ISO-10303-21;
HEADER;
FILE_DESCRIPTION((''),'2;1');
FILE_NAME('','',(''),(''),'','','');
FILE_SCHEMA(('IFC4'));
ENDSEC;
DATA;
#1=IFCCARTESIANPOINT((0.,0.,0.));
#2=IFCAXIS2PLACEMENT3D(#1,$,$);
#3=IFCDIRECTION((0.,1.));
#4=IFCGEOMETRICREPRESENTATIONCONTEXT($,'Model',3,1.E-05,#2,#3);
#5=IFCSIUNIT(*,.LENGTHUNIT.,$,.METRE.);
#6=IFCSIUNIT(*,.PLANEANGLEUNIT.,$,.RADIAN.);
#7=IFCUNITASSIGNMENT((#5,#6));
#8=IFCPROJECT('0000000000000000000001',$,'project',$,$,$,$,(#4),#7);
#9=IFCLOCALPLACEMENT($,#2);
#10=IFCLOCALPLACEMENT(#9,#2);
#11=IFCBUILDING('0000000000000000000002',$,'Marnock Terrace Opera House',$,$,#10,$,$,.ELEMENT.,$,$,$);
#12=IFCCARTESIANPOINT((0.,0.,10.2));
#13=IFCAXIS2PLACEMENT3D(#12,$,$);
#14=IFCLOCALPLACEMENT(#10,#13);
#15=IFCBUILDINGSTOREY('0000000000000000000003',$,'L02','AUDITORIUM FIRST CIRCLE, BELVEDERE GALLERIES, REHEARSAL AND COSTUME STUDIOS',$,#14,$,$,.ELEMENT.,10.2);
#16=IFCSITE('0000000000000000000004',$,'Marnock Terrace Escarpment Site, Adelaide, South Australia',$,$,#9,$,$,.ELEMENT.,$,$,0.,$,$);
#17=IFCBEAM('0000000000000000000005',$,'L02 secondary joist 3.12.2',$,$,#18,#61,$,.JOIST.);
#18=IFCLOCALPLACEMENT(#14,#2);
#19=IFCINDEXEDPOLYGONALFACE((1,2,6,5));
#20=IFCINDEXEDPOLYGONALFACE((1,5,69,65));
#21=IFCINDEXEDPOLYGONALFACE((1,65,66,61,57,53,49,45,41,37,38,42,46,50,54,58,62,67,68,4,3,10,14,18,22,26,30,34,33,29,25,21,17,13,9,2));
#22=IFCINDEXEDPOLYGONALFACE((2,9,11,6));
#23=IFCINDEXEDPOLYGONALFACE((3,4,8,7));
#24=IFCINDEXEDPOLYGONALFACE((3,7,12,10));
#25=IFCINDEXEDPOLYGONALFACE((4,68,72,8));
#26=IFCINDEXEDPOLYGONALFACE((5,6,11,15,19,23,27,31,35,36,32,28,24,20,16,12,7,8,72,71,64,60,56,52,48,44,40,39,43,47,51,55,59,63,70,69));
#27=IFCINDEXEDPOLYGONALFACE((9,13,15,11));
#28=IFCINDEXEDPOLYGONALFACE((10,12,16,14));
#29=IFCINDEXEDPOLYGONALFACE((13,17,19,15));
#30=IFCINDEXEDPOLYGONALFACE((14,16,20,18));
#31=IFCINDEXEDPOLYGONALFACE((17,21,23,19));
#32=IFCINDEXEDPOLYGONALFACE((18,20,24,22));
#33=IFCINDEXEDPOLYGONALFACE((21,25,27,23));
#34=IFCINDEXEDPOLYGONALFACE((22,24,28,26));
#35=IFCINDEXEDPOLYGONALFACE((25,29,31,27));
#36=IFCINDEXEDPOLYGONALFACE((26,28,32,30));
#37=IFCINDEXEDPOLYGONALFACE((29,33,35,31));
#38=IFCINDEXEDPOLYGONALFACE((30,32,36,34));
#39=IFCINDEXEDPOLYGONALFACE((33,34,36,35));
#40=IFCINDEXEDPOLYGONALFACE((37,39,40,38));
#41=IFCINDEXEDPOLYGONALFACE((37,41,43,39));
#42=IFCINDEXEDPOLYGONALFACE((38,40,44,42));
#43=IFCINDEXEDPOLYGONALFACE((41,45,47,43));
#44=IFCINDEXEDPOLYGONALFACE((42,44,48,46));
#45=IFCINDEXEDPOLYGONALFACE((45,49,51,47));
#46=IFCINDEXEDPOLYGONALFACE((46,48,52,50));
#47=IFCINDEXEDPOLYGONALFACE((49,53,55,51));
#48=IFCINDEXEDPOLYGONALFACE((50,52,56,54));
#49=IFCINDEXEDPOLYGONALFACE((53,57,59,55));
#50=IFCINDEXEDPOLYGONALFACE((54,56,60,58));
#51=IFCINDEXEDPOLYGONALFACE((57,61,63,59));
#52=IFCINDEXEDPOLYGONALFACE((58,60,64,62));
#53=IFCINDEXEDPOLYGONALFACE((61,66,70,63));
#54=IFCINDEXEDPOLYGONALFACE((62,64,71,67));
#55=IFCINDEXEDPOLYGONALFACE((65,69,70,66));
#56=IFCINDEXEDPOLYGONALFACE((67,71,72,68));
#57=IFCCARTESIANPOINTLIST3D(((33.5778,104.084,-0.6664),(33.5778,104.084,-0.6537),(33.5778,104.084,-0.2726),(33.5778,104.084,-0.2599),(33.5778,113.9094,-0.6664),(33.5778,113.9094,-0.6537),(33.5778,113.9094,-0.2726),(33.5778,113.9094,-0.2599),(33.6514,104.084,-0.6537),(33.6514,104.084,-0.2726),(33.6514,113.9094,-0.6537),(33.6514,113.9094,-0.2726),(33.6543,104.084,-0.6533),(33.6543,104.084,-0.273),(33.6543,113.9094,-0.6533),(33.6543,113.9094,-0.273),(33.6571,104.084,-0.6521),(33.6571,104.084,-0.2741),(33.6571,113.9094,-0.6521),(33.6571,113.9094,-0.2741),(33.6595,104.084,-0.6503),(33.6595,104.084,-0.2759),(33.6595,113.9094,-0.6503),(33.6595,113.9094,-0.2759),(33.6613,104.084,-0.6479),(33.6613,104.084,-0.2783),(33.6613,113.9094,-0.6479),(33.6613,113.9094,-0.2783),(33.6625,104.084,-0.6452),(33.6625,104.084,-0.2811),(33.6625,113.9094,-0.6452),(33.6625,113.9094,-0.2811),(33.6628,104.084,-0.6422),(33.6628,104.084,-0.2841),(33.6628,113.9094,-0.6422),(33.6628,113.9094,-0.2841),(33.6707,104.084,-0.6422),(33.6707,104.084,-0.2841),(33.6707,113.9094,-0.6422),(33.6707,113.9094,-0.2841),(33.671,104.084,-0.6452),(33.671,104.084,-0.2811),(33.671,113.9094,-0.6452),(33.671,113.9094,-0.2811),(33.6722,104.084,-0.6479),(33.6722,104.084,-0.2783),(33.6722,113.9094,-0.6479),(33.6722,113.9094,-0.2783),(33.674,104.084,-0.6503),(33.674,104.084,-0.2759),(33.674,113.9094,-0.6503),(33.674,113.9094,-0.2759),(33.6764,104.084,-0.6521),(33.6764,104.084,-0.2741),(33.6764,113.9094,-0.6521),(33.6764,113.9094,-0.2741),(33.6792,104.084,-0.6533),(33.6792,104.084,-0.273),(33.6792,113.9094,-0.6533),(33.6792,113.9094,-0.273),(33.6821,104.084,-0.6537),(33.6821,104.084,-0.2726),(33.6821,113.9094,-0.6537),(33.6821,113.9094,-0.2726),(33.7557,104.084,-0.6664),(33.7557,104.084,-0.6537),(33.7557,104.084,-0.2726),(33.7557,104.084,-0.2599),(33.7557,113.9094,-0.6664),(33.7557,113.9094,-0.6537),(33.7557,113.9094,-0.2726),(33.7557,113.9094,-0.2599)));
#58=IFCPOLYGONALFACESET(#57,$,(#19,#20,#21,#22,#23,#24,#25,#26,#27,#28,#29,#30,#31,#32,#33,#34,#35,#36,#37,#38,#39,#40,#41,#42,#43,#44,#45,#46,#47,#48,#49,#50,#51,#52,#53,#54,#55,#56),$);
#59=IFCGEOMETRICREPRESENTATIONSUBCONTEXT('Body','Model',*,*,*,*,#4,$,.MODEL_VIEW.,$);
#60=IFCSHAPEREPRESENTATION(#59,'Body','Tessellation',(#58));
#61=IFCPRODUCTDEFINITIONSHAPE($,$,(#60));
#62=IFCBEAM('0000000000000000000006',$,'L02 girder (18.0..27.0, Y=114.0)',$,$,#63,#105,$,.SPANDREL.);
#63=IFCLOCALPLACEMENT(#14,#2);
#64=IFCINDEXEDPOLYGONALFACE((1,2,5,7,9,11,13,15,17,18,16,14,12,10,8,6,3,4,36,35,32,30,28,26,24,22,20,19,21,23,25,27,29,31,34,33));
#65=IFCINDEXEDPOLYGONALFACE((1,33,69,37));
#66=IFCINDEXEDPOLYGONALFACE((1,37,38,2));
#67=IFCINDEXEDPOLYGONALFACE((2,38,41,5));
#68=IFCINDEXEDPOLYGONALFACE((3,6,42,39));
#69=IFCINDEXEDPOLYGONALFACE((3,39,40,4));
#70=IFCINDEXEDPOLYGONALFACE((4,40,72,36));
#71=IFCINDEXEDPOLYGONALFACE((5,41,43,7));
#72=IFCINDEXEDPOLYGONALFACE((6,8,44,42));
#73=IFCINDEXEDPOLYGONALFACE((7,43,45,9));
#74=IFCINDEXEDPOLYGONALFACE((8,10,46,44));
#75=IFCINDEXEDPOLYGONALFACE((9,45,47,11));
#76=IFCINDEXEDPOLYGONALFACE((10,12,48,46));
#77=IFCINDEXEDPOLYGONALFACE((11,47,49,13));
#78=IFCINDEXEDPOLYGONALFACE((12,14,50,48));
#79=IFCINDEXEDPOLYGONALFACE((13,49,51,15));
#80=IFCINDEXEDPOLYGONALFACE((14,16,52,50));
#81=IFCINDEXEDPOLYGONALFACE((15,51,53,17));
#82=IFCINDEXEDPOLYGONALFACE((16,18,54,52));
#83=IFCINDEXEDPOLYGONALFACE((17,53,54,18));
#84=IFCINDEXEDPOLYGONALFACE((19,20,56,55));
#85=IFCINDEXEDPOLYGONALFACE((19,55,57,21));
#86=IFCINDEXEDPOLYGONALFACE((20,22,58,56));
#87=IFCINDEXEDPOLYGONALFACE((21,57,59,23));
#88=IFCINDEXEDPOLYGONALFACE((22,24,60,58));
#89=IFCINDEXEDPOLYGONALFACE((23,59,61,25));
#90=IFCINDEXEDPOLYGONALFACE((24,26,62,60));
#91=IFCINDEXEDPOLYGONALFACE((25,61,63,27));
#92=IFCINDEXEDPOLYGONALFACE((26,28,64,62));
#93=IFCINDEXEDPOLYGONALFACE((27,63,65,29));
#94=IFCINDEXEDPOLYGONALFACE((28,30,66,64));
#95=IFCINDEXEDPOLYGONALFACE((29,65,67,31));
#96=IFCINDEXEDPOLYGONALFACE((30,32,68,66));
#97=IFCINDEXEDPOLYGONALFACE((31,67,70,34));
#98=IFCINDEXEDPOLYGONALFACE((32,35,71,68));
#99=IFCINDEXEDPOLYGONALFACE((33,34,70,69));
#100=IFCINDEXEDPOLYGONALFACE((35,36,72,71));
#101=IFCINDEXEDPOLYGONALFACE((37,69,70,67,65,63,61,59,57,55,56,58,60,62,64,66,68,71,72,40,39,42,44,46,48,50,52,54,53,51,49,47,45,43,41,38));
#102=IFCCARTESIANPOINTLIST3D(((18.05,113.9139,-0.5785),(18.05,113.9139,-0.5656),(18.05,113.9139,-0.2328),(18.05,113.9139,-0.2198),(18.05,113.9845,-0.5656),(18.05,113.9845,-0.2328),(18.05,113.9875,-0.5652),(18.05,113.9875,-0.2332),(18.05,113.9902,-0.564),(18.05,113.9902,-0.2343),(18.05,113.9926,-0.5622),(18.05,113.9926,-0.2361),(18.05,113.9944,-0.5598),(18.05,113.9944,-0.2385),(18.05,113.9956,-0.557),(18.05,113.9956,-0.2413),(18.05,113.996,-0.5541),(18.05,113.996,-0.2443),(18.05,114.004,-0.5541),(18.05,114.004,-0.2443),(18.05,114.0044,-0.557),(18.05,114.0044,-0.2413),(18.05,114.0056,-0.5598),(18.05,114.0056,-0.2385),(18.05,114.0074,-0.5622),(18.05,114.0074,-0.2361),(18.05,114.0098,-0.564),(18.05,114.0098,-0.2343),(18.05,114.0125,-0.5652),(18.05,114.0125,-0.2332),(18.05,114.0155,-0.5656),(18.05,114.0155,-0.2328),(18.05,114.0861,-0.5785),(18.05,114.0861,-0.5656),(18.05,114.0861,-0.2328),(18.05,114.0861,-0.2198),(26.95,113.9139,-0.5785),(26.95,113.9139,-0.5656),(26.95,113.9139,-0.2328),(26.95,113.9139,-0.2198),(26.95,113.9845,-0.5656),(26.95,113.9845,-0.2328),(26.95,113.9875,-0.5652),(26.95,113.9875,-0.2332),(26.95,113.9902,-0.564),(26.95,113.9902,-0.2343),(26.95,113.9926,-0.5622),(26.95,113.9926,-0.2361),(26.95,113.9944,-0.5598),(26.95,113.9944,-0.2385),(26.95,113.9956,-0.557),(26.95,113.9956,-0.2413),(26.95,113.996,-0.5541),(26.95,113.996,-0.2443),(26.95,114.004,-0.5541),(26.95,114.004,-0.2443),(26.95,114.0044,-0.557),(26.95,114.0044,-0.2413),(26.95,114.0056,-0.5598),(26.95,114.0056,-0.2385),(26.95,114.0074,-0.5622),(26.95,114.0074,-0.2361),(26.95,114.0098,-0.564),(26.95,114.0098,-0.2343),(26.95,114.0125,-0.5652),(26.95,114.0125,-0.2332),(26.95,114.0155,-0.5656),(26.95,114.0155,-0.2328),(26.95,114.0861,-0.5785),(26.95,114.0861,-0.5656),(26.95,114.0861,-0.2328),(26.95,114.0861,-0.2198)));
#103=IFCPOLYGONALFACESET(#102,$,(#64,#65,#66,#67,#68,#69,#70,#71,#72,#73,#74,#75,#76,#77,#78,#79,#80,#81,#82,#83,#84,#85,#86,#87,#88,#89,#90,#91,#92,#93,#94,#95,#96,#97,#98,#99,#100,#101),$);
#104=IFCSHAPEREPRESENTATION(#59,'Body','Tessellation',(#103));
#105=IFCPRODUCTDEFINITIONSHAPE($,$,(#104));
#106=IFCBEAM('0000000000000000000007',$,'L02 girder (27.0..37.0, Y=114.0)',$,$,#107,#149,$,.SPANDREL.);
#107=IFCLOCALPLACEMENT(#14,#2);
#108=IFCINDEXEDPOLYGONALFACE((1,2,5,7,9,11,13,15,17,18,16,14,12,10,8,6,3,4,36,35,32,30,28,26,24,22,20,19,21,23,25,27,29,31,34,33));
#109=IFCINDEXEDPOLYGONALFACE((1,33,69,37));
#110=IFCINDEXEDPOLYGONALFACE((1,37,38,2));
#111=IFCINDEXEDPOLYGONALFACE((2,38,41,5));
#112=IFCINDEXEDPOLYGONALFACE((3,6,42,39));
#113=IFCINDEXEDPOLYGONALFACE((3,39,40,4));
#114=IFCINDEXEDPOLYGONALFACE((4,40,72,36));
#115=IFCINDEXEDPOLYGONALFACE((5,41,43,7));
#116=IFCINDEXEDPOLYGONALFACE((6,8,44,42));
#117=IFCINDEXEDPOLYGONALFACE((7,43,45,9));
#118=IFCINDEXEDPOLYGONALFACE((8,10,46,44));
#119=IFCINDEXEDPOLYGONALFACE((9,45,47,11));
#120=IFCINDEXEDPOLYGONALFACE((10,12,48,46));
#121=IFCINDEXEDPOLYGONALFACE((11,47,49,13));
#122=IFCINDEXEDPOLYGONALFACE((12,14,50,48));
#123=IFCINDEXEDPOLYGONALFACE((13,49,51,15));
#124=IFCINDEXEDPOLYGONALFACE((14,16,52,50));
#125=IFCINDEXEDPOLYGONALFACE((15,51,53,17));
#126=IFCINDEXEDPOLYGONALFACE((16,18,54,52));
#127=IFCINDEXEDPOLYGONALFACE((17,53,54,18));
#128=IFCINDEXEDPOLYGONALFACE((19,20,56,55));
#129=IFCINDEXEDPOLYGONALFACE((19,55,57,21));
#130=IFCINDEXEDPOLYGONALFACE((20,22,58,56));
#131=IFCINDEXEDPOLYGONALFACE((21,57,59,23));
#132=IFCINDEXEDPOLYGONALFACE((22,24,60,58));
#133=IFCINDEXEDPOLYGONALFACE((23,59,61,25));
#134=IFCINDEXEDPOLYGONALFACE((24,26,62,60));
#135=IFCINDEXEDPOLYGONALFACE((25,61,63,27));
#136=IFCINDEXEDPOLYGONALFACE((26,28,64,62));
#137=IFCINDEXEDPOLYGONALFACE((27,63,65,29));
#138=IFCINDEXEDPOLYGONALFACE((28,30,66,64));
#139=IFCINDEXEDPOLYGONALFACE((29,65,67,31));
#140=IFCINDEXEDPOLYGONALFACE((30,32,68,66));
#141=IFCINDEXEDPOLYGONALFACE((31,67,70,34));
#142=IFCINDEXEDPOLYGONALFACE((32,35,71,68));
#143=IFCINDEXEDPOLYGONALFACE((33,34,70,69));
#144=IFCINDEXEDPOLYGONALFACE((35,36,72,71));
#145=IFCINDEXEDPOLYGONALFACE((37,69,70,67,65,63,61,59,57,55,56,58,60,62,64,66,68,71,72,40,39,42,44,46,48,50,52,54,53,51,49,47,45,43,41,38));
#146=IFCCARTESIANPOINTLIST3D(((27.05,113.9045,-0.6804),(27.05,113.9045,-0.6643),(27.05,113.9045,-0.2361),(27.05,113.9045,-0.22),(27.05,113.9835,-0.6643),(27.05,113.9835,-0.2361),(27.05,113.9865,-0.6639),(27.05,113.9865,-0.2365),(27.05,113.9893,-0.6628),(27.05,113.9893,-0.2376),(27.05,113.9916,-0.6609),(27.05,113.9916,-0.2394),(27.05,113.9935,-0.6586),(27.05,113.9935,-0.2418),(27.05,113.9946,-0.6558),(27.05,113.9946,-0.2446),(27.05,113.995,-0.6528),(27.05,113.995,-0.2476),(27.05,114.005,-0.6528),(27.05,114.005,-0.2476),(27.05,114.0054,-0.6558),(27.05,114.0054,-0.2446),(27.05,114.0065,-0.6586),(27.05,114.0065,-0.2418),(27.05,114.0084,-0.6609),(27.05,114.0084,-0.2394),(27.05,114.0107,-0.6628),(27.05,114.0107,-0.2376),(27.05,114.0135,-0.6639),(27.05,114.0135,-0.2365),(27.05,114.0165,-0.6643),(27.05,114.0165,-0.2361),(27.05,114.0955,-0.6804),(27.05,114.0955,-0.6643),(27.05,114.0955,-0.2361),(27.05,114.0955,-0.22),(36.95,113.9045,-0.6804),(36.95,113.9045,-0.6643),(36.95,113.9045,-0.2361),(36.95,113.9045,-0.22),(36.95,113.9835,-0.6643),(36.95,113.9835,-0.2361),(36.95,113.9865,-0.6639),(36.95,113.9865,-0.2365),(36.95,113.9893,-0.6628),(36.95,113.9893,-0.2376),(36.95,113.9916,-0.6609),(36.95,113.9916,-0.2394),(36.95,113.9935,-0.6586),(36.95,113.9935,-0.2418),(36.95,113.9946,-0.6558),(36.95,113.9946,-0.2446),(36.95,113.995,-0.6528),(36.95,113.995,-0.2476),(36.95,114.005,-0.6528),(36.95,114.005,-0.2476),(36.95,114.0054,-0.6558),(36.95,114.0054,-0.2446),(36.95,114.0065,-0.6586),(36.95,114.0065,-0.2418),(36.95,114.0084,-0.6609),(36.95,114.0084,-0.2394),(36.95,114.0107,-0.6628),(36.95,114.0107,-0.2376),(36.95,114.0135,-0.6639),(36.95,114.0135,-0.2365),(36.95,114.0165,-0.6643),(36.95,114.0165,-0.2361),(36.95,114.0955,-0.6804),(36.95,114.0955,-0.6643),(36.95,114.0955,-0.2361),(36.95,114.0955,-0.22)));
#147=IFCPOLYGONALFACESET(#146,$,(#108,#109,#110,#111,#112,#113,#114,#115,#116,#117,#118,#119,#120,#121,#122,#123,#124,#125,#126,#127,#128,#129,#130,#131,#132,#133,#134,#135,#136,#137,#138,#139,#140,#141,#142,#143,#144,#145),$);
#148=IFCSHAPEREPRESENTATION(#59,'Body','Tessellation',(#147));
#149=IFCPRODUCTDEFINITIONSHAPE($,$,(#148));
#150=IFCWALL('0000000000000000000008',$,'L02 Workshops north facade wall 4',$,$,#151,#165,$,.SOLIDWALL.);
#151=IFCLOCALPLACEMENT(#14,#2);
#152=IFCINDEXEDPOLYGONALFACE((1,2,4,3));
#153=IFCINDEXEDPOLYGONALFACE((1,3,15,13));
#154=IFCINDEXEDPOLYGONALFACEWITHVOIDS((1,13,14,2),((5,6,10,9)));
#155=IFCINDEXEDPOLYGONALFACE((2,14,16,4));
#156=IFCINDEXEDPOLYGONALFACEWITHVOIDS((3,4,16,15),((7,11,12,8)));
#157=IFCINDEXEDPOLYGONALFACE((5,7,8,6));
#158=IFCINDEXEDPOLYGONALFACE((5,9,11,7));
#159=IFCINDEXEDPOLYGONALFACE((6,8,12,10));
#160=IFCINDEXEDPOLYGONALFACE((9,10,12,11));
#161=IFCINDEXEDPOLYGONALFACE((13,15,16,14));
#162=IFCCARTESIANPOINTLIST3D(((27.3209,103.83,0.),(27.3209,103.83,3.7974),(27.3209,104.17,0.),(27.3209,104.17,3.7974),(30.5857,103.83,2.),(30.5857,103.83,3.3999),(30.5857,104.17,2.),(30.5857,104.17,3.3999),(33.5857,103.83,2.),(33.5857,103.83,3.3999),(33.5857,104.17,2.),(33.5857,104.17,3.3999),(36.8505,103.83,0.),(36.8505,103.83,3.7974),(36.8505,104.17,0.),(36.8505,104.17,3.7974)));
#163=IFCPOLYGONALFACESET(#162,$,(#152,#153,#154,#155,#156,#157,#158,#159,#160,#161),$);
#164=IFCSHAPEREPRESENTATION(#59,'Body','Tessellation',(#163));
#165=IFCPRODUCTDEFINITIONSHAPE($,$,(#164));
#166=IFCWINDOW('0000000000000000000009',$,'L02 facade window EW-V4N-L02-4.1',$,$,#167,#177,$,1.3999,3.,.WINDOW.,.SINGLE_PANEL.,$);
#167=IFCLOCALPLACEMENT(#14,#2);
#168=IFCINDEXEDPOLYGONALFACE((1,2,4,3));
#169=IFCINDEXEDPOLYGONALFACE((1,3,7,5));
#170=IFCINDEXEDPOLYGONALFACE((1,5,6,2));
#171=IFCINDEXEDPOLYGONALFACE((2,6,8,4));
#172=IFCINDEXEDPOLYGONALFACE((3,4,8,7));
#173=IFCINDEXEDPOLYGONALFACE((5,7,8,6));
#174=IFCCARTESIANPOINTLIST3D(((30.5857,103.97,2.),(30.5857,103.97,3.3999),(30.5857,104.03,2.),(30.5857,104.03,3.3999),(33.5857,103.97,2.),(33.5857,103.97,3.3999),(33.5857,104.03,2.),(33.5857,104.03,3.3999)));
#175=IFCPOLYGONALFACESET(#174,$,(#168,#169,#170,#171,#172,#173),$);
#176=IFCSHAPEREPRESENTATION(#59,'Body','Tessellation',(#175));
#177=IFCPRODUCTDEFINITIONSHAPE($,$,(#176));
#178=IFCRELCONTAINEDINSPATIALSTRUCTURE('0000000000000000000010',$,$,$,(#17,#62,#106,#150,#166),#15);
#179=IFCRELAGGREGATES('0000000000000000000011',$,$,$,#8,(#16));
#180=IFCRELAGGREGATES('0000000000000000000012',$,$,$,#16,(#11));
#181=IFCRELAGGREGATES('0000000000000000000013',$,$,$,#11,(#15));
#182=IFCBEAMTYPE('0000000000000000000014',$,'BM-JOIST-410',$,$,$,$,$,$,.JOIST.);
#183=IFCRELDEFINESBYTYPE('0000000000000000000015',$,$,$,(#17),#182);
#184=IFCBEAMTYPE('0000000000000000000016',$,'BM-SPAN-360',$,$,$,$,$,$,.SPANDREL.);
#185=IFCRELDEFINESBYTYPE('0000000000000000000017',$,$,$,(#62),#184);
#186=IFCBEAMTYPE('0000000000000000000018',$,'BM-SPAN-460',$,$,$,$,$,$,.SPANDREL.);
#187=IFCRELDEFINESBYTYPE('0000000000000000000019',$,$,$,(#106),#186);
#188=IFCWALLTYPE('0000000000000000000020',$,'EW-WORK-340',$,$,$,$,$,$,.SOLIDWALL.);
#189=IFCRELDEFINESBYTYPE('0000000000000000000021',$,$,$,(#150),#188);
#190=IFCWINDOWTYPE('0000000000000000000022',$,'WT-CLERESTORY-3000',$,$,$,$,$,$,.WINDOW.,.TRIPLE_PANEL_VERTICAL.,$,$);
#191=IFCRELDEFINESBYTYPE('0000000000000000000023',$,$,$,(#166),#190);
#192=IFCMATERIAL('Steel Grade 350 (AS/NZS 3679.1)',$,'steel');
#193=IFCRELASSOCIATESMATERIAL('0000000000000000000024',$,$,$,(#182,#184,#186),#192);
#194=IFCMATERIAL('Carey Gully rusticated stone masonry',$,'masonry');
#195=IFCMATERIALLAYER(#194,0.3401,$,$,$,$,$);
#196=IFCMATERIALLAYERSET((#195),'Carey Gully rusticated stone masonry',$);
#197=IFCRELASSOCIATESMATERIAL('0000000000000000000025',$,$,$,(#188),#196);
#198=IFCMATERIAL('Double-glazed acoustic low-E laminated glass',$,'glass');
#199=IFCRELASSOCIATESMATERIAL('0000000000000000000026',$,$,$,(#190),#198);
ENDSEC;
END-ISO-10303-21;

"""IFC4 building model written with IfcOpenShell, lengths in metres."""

from ifc_helpers import new_model, si_unit, direction, frame, frame_2d, origin, origin_2d, place, context, subcontext, project, spatial, rectangle, i_section, extrude, material, layer, layer_set, material_profile, profile_set, type_object, element, fill, save


model = new_model("IFC4")

# Units and contexts
model_context = context("Model", 3, precision=1e-05, world=origin(), true_north=direction((0.0, 1.0)))
body_context = subcontext(model_context, "Body", "Model", "MODEL_VIEW")
ifc_project = project(units=[si_unit("LENGTHUNIT", "METRE"), si_unit("PLANEANGLEUNIT", "RADIAN")], contexts=[model_context])

# Site, building, storey
site_placement = place(None, origin())
site = spatial("IfcSite", under=ifc_project, at=site_placement, Name="Marnock Terrace Escarpment Site, Adelaide, South Australia", CompositionType="ELEMENT", RefElevation=0.0)
building_placement = place(site_placement, origin())
building = spatial("IfcBuilding", under=site, at=building_placement, Name="Marnock Terrace Opera House", CompositionType="ELEMENT")
storey_placement = place(building_placement, frame((0.0, 0.0, 10.2)))
storey = spatial("IfcBuildingStorey", under=building, at=storey_placement, Name="L02", Description="AUDITORIUM FIRST CIRCLE, BELVEDERE GALLERIES, REHEARSAL AND COSTUME STUDIOS", CompositionType="ELEMENT", Elevation=10.2)

# Shared definitions
ifc_material_1 = material(Name="Steel Grade 350 (AS/NZS 3679.1)", Category="steel")

# Beams
ifc_material_profile_1 = material_profile(ifc_material_1, i_section(OverallWidth=0.178, OverallDepth=0.4065, WebThickness=0.0078, FlangeThickness=0.0127, FilletRadius=0.0115, at=origin_2d()))
ifc_profile_set_1 = profile_set([ifc_material_profile_1], Name="Steel Grade 350 (AS/NZS 3679.1)")
beam_type_1 = type_object("IfcBeamType", Name="BM-JOIST-410", PredefinedType="JOIST", material=ifc_profile_set_1)
for number, where, z_axis, x_axis, name in (
    (1, (33.6667, 104.084, -0.4631), (0.0, 1.0, 0.0), (-1.0, 0.0, 0.0), "L02 secondary joist 3.12.2"),
):
    element("IfcBeam", number, at=place(storey_placement, frame(where, z_axis=z_axis, x_axis=x_axis)), inside=storey, type_object=beam_type_1, Name=name, PredefinedType="JOIST", context=body_context, shape_type="SweptSolid", body=[
        extrude(i_section(OverallWidth=0.178, OverallDepth=0.4065, WebThickness=0.0078, FlangeThickness=0.0127, FilletRadius=0.0115, at=origin_2d()), origin(), (0.0, 0.0, 1.0), 9.8254),
    ])
ifc_material_profile_2 = material_profile(ifc_material_1, i_section(OverallWidth=0.1721, OverallDepth=0.3586, WebThickness=0.0081, FlangeThickness=0.0129, FilletRadius=0.0115, at=origin_2d()))
ifc_profile_set_2 = profile_set([ifc_material_profile_2], Name="Steel Grade 350 (AS/NZS 3679.1)")
beam_type_2 = type_object("IfcBeamType", Name="BM-SPAN-360", PredefinedType="SPANDREL", material=ifc_profile_set_2)
beam_1_placement = place(storey_placement, frame((18.05, 114.0, -0.3992), z_axis=(1.0, 0.0, 0.0), x_axis=(0.0, 1.0, 0.0)))
element("IfcBeam", 2, at=beam_1_placement, inside=storey, type_object=beam_type_2, Name="L02 girder (18.0..27.0, Y=114.0)", PredefinedType="SPANDREL", context=body_context, shape_type="SweptSolid", body=[
    extrude(i_section(OverallWidth=0.1721, OverallDepth=0.3586, WebThickness=0.0081, FlangeThickness=0.0129, FilletRadius=0.0115, at=origin_2d()), origin(), (0.0, 0.0, 1.0), 8.8999),
])
ifc_material_profile_3 = material_profile(ifc_material_1, i_section(OverallWidth=0.1909, OverallDepth=0.4604, WebThickness=0.01, FlangeThickness=0.0161, FilletRadius=0.0115, at=origin_2d()))
ifc_profile_set_3 = profile_set([ifc_material_profile_3], Name="Steel Grade 350 (AS/NZS 3679.1)")
beam_type_3 = type_object("IfcBeamType", Name="BM-SPAN-460", PredefinedType="SPANDREL", material=ifc_profile_set_3)
beam_2_placement = place(storey_placement, frame((27.05, 114.0, -0.4502), z_axis=(1.0, 0.0, 0.0), x_axis=(0.0, 1.0, 0.0)))
element("IfcBeam", 3, at=beam_2_placement, inside=storey, type_object=beam_type_3, Name="L02 girder (27.0..37.0, Y=114.0)", PredefinedType="SPANDREL", context=body_context, shape_type="SweptSolid", body=[
    extrude(i_section(OverallWidth=0.1909, OverallDepth=0.4604, WebThickness=0.01, FlangeThickness=0.0161, FilletRadius=0.0115, at=origin_2d()), origin(), (0.0, 0.0, 1.0), 9.8999),
])

# Wall, opening, window
ifc_material_2 = material(Name="Carey Gully rusticated stone masonry", Category="masonry")
ifc_layer_1 = layer(ifc_material_2, 0.3401)
ifc_layer_set_1 = layer_set([ifc_layer_1], Name="Carey Gully rusticated stone masonry")
wall_type = type_object("IfcWallType", Name="EW-WORK-340", PredefinedType="SOLIDWALL", material=ifc_layer_set_1)
wall_placement = place(storey_placement, frame((27.321, 104.0, 0.0), z_axis=(0.0, 0.0, 1.0), x_axis=(1.0, 0.0, 0.0)))
wall = element("IfcWall", 4, at=wall_placement, inside=storey, type_object=wall_type, Name="L02 Workshops north facade wall 4", PredefinedType="SOLIDWALL", context=body_context, shape_type="SweptSolid", body=[
    extrude(rectangle(XDim=9.5295, YDim=0.3401, at=frame_2d((4.7646, 0.0))), origin(), (0.0, 0.0, 1.0), 3.7974),
])
opening_placement = place(wall_placement, frame((3.2646, 0.0, 2.0)))
opening = element("IfcOpeningElement", 5, at=opening_placement, cuts=wall, PredefinedType="OPENING", context=body_context, shape_type="SweptSolid", body=[
    extrude(rectangle(XDim=3.0, YDim=1.3999, at=frame_2d((1.5, 0.7))), frame((0.0, 0.1799, 0.0), z_axis=(0.0, -1.0, 0.0), x_axis=(1.0, 0.0, 0.0)), (0.0, 0.0, 1.0), 0.3601),
])
ifc_material_3 = material(Name="Double-glazed acoustic low-E laminated glass", Category="glass")
window_type = type_object("IfcWindowType", Name="WT-CLERESTORY-3000", PartitioningType="TRIPLE_PANEL_VERTICAL", PredefinedType="WINDOW", material=ifc_material_3)
window_placement = place(opening_placement, origin())
window = element("IfcWindow", 6, at=window_placement, inside=storey, type_object=window_type, Name="L02 facade window EW-V4N-L02-4.1", OverallHeight=1.3999, OverallWidth=3.0, PartitioningType="SINGLE_PANEL", PredefinedType="WINDOW", context=body_context, shape_type="SweptSolid", body=[
    extrude(rectangle(XDim=3.0, YDim=1.3999, at=frame_2d((1.5, 0.7))), frame((0.0, 0.03, 0.0), z_axis=(0.0, -1.0, 0.0), x_axis=(1.0, 0.0, 0.0)), (0.0, 0.0, 1.0), 0.0601),
])
fill(opening, window)

save(model, "model.ifc")
